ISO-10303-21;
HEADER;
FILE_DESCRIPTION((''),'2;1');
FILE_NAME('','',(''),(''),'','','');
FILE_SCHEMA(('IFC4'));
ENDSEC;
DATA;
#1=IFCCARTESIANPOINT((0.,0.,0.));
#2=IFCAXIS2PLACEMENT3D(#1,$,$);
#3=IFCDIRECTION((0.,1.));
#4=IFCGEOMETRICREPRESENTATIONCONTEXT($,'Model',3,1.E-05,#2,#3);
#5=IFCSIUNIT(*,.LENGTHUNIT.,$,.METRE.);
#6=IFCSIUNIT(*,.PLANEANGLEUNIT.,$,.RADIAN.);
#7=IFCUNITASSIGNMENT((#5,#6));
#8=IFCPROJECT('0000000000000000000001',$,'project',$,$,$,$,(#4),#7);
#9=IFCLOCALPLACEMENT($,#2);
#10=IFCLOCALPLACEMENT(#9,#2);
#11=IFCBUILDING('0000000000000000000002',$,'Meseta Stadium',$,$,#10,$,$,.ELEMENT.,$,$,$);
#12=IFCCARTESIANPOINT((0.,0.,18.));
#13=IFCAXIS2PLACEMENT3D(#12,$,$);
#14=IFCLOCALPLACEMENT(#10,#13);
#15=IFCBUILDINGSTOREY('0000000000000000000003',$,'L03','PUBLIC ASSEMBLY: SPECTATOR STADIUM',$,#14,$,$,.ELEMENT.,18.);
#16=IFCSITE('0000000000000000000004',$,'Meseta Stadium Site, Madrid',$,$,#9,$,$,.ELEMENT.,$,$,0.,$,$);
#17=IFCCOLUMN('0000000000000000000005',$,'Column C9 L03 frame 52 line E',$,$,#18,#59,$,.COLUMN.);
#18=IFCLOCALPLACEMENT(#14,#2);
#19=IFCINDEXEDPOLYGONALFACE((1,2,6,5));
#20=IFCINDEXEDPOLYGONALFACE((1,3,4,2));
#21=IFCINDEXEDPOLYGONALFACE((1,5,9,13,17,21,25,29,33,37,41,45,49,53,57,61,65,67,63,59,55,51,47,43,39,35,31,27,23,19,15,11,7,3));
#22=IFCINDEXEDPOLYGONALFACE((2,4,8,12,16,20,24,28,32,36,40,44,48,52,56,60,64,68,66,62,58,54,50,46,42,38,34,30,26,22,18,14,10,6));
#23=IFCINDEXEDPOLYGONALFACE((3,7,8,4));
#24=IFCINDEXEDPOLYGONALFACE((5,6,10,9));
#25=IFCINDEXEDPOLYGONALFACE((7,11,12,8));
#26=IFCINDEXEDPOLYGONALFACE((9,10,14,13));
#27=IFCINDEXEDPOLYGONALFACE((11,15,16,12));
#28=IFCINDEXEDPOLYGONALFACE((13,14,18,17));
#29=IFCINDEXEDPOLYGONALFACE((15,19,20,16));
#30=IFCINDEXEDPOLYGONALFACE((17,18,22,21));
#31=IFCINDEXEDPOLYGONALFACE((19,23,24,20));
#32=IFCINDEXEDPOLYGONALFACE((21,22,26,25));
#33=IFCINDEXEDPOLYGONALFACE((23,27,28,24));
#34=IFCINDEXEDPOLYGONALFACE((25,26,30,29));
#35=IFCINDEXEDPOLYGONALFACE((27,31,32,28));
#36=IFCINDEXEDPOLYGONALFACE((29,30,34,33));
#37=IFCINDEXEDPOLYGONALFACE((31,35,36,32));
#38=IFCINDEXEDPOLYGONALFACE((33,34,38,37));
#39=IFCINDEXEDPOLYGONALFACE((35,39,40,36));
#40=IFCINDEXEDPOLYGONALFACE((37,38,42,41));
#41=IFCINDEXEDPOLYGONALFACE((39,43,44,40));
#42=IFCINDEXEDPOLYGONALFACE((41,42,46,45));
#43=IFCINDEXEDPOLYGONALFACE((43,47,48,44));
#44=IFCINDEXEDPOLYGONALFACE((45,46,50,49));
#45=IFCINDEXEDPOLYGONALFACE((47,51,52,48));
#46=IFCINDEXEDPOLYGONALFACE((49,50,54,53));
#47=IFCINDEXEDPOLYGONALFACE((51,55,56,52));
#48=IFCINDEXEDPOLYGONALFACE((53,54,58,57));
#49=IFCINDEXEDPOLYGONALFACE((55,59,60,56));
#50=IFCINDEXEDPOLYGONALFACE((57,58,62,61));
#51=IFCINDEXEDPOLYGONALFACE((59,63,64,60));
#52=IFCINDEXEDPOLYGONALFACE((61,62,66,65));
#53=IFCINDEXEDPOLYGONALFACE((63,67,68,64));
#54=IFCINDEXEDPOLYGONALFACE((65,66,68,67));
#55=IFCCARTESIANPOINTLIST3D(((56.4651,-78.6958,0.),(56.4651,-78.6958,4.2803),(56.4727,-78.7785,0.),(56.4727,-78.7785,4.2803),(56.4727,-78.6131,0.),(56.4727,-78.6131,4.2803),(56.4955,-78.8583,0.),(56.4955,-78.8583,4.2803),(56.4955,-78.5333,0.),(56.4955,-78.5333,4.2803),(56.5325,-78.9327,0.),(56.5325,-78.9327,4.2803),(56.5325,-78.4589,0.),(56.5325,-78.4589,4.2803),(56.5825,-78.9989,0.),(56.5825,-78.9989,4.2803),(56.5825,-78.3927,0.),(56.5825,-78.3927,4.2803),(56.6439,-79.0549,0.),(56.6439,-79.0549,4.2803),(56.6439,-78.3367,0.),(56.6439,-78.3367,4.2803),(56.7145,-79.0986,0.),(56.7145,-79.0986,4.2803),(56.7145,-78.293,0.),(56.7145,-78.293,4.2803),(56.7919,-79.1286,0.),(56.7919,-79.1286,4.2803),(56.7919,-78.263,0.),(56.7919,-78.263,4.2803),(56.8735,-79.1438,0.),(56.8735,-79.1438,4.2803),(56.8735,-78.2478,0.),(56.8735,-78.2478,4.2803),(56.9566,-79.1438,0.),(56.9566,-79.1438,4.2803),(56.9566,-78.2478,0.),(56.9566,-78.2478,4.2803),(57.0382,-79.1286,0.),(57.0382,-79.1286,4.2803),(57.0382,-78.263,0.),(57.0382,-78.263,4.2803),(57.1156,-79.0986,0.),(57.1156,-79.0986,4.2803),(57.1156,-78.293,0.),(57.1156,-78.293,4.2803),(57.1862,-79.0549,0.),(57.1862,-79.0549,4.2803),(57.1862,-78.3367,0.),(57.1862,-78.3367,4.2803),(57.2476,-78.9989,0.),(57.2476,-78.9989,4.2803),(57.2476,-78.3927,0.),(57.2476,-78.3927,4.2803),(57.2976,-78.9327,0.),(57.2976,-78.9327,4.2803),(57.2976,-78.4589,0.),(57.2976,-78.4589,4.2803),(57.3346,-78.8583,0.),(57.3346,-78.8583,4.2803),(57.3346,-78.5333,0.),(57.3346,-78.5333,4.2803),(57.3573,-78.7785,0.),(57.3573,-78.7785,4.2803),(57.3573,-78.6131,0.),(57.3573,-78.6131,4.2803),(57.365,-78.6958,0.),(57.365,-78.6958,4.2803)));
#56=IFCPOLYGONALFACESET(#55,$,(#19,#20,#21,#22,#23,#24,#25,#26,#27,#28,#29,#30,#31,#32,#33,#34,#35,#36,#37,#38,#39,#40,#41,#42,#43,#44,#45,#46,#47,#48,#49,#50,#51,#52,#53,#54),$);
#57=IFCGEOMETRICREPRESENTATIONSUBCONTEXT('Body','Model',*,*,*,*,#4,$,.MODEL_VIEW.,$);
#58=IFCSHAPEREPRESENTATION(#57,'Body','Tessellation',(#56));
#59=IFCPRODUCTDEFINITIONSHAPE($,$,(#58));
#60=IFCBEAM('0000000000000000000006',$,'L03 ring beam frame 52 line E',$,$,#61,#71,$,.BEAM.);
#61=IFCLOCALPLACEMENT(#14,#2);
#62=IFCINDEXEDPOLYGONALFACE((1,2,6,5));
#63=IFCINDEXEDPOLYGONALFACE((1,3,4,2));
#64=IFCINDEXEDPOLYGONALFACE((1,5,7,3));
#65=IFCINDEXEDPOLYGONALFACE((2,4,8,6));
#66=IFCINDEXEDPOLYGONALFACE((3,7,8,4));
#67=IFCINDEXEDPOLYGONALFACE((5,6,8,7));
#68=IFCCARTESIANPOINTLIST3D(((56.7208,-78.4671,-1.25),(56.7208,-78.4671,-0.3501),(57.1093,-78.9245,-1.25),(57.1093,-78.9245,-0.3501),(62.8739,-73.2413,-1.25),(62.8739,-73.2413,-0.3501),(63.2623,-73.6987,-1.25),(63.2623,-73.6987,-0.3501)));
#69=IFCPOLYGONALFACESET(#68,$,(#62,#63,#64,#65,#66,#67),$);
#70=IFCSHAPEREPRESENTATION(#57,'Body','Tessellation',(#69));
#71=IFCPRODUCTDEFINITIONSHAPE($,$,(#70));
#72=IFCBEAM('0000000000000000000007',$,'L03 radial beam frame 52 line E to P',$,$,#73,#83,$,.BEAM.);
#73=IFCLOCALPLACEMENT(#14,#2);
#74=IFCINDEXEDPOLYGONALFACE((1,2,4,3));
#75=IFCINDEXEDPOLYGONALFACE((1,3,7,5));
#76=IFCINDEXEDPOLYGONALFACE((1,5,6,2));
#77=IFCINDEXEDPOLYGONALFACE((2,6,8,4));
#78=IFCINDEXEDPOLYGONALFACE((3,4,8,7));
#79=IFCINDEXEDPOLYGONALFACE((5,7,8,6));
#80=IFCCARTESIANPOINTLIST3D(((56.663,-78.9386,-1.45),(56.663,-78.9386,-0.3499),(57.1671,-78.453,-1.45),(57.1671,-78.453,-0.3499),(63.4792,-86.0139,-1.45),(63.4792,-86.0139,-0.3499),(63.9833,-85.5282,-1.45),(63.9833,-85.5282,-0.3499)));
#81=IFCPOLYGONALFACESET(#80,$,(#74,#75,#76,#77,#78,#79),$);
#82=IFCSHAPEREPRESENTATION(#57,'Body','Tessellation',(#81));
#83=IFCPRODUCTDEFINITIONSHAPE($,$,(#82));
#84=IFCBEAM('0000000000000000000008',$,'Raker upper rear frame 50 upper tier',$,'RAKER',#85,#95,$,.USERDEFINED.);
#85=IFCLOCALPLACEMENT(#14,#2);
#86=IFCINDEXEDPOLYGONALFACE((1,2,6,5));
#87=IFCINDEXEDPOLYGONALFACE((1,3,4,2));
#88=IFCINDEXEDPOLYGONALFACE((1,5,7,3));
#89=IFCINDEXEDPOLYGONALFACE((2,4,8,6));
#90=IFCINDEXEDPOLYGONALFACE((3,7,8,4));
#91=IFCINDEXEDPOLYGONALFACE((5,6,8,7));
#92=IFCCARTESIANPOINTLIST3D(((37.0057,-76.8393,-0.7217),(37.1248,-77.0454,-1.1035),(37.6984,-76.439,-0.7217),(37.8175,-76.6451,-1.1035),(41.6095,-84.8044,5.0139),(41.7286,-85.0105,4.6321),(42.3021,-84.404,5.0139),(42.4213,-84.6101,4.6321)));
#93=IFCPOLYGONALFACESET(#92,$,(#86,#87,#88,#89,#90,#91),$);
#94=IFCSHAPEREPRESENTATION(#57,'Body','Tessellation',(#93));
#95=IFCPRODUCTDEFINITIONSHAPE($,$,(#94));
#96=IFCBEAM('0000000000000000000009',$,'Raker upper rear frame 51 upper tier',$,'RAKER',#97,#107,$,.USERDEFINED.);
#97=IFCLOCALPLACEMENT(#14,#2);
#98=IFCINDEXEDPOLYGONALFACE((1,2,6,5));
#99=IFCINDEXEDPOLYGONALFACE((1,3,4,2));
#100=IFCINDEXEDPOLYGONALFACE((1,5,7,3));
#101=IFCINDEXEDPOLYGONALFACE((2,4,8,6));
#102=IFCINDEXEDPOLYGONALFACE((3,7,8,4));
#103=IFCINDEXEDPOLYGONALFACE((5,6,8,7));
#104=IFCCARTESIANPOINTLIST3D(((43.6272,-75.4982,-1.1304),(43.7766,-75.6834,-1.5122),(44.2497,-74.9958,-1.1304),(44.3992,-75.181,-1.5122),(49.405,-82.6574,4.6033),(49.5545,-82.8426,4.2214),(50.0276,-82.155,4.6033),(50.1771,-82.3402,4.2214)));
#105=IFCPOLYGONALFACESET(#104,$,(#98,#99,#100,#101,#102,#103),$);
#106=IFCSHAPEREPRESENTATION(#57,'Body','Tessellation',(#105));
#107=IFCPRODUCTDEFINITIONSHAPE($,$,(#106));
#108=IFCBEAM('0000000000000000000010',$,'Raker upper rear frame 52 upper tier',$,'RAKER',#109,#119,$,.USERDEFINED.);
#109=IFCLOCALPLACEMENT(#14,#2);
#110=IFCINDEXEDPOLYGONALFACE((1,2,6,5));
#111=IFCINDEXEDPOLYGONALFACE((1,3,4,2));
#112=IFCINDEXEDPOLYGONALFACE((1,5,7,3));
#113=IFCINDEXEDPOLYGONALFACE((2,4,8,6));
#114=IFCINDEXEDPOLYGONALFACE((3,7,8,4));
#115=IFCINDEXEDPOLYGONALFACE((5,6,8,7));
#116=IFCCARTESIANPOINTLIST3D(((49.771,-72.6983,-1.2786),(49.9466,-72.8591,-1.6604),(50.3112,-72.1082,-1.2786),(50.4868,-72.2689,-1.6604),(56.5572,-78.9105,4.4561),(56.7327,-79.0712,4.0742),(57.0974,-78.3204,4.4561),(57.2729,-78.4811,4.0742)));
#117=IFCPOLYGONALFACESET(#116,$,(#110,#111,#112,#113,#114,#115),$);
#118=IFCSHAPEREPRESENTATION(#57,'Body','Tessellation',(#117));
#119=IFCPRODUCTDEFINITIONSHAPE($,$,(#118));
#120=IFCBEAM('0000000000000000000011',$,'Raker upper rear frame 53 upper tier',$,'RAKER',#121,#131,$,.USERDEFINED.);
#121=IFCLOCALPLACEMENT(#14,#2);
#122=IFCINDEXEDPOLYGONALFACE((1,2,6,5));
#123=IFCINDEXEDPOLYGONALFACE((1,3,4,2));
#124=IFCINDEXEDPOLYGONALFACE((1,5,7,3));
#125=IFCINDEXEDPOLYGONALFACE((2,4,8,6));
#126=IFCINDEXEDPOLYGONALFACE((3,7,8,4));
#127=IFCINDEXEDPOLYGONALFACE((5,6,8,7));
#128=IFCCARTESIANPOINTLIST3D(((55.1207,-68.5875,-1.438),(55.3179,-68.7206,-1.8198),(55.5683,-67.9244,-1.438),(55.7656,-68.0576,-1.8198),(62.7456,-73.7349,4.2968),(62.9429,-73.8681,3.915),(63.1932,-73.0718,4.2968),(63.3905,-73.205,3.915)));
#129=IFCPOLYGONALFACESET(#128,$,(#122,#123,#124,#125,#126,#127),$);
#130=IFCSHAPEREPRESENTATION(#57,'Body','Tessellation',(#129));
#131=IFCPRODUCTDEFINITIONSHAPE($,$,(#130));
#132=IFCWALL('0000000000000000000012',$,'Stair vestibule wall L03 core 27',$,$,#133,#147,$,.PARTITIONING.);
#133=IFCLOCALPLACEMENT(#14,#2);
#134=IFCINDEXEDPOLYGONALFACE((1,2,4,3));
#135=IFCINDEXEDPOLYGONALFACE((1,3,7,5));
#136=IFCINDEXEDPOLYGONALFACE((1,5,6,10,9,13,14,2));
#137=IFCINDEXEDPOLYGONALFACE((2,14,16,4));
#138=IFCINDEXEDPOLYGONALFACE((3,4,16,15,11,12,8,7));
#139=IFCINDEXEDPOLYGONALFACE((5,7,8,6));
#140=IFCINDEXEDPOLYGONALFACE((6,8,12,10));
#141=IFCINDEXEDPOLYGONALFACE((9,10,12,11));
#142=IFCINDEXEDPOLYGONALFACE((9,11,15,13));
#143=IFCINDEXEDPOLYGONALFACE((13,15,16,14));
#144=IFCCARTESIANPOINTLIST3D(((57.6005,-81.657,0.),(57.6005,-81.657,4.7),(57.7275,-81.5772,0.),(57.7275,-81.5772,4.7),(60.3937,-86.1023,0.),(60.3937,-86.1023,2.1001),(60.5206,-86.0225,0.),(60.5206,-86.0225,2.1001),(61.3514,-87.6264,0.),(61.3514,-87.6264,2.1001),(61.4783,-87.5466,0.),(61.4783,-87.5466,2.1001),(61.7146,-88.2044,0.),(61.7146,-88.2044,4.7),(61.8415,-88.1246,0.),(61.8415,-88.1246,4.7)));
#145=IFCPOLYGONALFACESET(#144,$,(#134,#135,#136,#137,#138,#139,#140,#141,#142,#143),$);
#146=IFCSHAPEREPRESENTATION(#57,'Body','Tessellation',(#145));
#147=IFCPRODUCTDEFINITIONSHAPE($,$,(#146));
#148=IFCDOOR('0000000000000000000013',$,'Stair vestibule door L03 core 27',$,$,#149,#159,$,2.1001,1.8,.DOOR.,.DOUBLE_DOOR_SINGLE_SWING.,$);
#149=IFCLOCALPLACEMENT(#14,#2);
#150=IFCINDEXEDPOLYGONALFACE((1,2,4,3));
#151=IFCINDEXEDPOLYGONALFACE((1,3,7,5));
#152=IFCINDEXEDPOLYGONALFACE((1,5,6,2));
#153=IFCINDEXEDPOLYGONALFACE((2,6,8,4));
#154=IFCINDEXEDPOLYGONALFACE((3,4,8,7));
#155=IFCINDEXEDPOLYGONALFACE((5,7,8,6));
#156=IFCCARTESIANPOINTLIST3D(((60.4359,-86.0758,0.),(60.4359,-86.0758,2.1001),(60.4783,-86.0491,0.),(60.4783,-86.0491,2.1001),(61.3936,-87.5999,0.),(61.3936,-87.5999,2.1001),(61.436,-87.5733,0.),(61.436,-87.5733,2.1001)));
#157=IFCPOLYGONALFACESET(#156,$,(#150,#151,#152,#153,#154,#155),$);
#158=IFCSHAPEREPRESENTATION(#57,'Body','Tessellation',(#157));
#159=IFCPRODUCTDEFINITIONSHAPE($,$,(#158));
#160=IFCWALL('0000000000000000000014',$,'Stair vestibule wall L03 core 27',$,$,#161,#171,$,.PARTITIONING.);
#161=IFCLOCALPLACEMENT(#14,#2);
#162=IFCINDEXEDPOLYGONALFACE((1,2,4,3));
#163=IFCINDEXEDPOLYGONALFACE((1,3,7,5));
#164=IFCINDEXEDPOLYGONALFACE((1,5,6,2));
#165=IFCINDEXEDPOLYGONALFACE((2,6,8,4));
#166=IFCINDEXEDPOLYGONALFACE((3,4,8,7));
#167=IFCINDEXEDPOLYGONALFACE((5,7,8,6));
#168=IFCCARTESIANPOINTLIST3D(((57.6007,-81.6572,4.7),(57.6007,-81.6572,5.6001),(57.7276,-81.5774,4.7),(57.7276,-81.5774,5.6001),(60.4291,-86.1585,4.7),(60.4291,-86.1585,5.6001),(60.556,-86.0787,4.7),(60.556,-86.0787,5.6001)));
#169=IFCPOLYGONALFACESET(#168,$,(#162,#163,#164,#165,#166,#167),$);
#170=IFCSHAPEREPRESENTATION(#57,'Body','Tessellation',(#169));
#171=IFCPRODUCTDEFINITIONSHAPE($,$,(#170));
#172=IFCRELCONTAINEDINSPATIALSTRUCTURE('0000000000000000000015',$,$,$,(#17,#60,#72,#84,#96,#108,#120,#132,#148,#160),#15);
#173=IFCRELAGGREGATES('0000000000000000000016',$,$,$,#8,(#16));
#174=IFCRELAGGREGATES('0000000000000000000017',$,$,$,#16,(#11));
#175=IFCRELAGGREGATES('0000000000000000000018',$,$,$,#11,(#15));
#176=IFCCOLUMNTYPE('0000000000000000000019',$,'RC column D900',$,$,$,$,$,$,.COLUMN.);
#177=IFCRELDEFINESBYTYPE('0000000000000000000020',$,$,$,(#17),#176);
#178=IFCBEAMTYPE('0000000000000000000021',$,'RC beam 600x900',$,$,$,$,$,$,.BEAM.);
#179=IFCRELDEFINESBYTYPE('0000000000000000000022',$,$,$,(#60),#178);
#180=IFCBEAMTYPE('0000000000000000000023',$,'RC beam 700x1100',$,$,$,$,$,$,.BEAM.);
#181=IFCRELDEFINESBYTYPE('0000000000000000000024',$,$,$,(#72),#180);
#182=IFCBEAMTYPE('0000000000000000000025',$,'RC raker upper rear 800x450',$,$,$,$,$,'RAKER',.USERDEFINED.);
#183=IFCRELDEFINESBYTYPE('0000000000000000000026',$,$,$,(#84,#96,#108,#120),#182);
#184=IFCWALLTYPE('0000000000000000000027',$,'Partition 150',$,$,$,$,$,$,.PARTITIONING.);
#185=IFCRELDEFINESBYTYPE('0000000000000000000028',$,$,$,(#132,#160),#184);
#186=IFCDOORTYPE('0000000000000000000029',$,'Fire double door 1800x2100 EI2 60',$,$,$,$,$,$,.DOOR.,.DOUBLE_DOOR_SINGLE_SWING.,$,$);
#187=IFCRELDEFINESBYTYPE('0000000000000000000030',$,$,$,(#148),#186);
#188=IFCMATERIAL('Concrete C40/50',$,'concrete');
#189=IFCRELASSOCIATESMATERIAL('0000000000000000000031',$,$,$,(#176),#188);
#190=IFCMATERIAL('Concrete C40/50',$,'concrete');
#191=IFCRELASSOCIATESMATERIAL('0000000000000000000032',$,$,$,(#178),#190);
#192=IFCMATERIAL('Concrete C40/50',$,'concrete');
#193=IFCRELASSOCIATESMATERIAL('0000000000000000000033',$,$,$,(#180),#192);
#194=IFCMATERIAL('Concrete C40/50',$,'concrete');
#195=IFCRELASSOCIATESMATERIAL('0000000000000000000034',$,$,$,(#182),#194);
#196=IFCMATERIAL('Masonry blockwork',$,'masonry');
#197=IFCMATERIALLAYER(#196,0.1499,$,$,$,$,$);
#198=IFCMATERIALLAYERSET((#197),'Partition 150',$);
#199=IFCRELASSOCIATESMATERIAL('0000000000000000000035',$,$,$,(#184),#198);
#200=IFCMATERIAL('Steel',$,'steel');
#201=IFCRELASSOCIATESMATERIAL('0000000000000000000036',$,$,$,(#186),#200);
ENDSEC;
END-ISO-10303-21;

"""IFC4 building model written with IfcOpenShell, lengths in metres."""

from ifc_helpers import new_model, si_unit, direction, frame, frame_2d, origin, origin_2d, place, context, subcontext, project, spatial, rectangle, circle, extrude, material, layer, layer_set, material_profile, profile_set, type_object, element, fill, save


model = new_model("IFC4")

# Units and contexts
model_context = context("Model", 3, precision=1e-05, world=origin(), true_north=direction((0.0, 1.0)))
body_context = subcontext(model_context, "Body", "Model", "MODEL_VIEW")
ifc_project = project(units=[si_unit("LENGTHUNIT", "METRE"), si_unit("PLANEANGLEUNIT", "RADIAN")], contexts=[model_context])

# Site, building, storey
site_placement = place(None, origin())
site = spatial("IfcSite", under=ifc_project, at=site_placement, Name="Meseta Stadium Site, Madrid", CompositionType="ELEMENT", RefElevation=0.0)
building_placement = place(site_placement, origin())
building = spatial("IfcBuilding", under=site, at=building_placement, Name="Meseta Stadium", CompositionType="ELEMENT")
storey_placement = place(building_placement, frame((0.0, 0.0, 18.0)))
storey = spatial("IfcBuildingStorey", under=building, at=storey_placement, Name="L03", Description="PUBLIC ASSEMBLY: SPECTATOR STADIUM", CompositionType="ELEMENT", Elevation=18.0)

# Column
ifc_material_1 = material(Name="Concrete C40/50", Category="concrete")
ifc_material_profile_1 = material_profile(ifc_material_1, circle(Radius=0.45, at=origin_2d()), Name="RC D900")
ifc_profile_set_1 = profile_set([ifc_material_profile_1], Name="Concrete C40/50")
column_type = type_object("IfcColumnType", Name="RC column D900", PredefinedType="COLUMN", material=ifc_profile_set_1)
column_placement = place(storey_placement, frame((56.915, -78.6958, 0.0), z_axis=(0.0, 0.0, 1.0), x_axis=(1.0, 0.0, 0.0)))
element("IfcColumn", 1, at=column_placement, inside=storey, type_object=column_type, Name="Column C9 L03 frame 52 line E", PredefinedType="COLUMN", context=body_context, shape_type="SweptSolid", body=[
    extrude(circle(Radius=0.45, at=origin_2d()), origin(), (0.0, 0.0, 1.0), 4.2803),
])

# Beams
ifc_material_2 = material(Name="Concrete C40/50", Category="concrete")
ifc_material_profile_2 = material_profile(ifc_material_2, rectangle(XDim=0.6001, YDim=0.8999, at=origin_2d()), Name="RC 600x900")
ifc_profile_set_2 = profile_set([ifc_material_profile_2], Name="Concrete C40/50")
beam_type_1 = type_object("IfcBeamType", Name="RC beam 600x900", PredefinedType="BEAM", material=ifc_profile_set_2)
beam_1_placement = place(storey_placement, frame((56.915, -78.6958, -0.8), z_axis=(0.762201, 0.64734, 0.0), x_axis=(-0.64734, 0.762201, 0.0)))
element("IfcBeam", 2, at=beam_1_placement, inside=storey, type_object=beam_type_1, Name="L03 ring beam frame 52 line E", PredefinedType="BEAM", context=body_context, shape_type="SweptSolid", body=[
    extrude(rectangle(XDim=0.6001, YDim=0.8999, at=origin_2d()), origin(), (0.0, 0.0, 1.0), 8.0728),
])
ifc_material_3 = material(Name="Concrete C40/50", Category="concrete")
ifc_material_profile_3 = material_profile(ifc_material_3, rectangle(XDim=0.7, YDim=1.1001, at=origin_2d()), Name="RC 700x1100")
ifc_profile_set_3 = profile_set([ifc_material_profile_3], Name="Concrete C40/50")
beam_type_2 = type_object("IfcBeamType", Name="RC beam 700x1100", PredefinedType="BEAM", material=ifc_profile_set_3)
beam_2_placement = place(storey_placement, frame((56.915, -78.6958, -0.8999), z_axis=(0.693801, -0.720167, 0.0), x_axis=(0.720167, 0.693801, 0.0)))
element("IfcBeam", 3, at=beam_2_placement, inside=storey, type_object=beam_type_2, Name="L03 radial beam frame 52 line E to P", PredefinedType="BEAM", context=body_context, shape_type="SweptSolid", body=[
    extrude(rectangle(XDim=0.7, YDim=1.1001, at=origin_2d()), origin(), (0.0, 0.0, 1.0), 9.8245),
])
ifc_material_4 = material(Name="Concrete C40/50", Category="concrete")
ifc_material_profile_4 = material_profile(ifc_material_4, rectangle(XDim=0.8, YDim=0.45, at=origin_2d()), Name="RC 800x450")
ifc_profile_set_4 = profile_set([ifc_material_profile_4], Name="Concrete C40/50")
beam_type_3 = type_object("IfcBeamType", Name="RC raker upper rear 800x450", ElementType="RAKER", PredefinedType="USERDEFINED", material=ifc_profile_set_4)
beam_3_placement = place(storey_placement, frame((37.4116, -76.7422, -0.9126), z_axis=(0.424649, -0.734697, 0.529049), x_axis=(0.865785, 0.500417, 0.0)))
element("IfcBeam", 4, at=beam_3_placement, inside=storey, type_object=beam_type_3, Name="Raker upper rear frame 50 upper tier", ObjectType="RAKER", PredefinedType="USERDEFINED", context=body_context, shape_type="SweptSolid", body=[
    extrude(rectangle(XDim=0.8, YDim=0.45, at=origin_2d()), origin(), (0.0, 0.0, 1.0), 10.8413),
])
beam_4_placement = place(storey_placement, frame((44.0132, -75.3396, -1.3213), z_axis=(0.532996, -0.660423, 0.52892), x_axis=(0.778185, 0.628036, 0.0)))
element("IfcBeam", 5, at=beam_4_placement, inside=storey, type_object=beam_type_3, Name="Raker upper rear frame 51 upper tier", ObjectType="RAKER", PredefinedType="USERDEFINED", context=body_context, shape_type="SweptSolid", body=[
    extrude(rectangle(XDim=0.8, YDim=0.45, at=origin_2d()), origin(), (0.0, 0.0, 1.0), 10.8403),
])
beam_5_placement = place(storey_placement, frame((50.1289, -72.4836, -1.4695), z_axis=(0.625966, -0.573022, 0.528973), x_axis=(0.675225, 0.737612, 0.0)))
element("IfcBeam", 6, at=beam_5_placement, inside=storey, type_object=beam_type_3, Name="Raker upper rear frame 52 upper tier", ObjectType="RAKER", PredefinedType="USERDEFINED", context=body_context, shape_type="SweptSolid", body=[
    extrude(rectangle(XDim=0.8, YDim=0.45, at=origin_2d()), origin(), (0.0, 0.0, 1.0), 10.8411),
])
beam_6_placement = place(storey_placement, frame((55.4431, -68.3225, -1.6289), z_axis=(0.703353, -0.474818, 0.529001), x_axis=(0.559517, 0.828819, 0.0)))
element("IfcBeam", 7, at=beam_6_placement, inside=storey, type_object=beam_type_3, Name="Raker upper rear frame 53 upper tier", ObjectType="RAKER", PredefinedType="USERDEFINED", context=body_context, shape_type="SweptSolid", body=[
    extrude(rectangle(XDim=0.8, YDim=0.45, at=origin_2d()), origin(), (0.0, 0.0, 1.0), 10.8408),
])

# Wall, opening, door
ifc_material_5 = material(Name="Masonry blockwork", Category="masonry")
ifc_layer_1 = layer(ifc_material_5, 0.1499)
ifc_layer_set_1 = layer_set([ifc_layer_1], Name="Partition 150")
wall_type = type_object("IfcWallType", Name="Partition 150", PredefinedType="PARTITIONING", material=ifc_layer_set_1)
wall_1_placement = place(storey_placement, frame((57.6641, -81.6172, 0.0), z_axis=(0.0, 0.0, 1.0), x_axis=(0.532035, -0.846722, 0.0)))
wall_1 = element("IfcWall", 8, at=wall_1_placement, inside=storey, type_object=wall_type, Name="Stair vestibule wall L03 core 27", PredefinedType="PARTITIONING", context=body_context, shape_type="SweptSolid", body=[
    extrude(rectangle(XDim=7.7327, YDim=0.1499, at=frame_2d((3.8662, 0.0))), origin(), (0.0, 0.0, 1.0), 4.7),
])
opening_placement = place(wall_1_placement, frame((5.25, 0.0, 0.0)))
opening = element("IfcOpeningElement", 9, at=opening_placement, cuts=wall_1, PredefinedType="OPENING", context=body_context, shape_type="SweptSolid", body=[
    extrude(rectangle(XDim=1.8, YDim=2.1001, at=frame_2d((0.8999, 1.05))), frame((0.0, 0.085, 0.0), z_axis=(0.0, -1.0, 0.0), x_axis=(1.0, 0.0, 0.0)), (0.0, 0.0, 1.0), 0.1699),
])
ifc_material_6 = material(Name="Steel", Category="steel")
door_type = type_object("IfcDoorType", Name="Fire double door 1800x2100 EI2 60", OperationType="DOUBLE_DOOR_SINGLE_SWING", PredefinedType="DOOR", material=ifc_material_6)
door_placement = place(opening_placement, origin())
door = element("IfcDoor", 10, at=door_placement, inside=storey, type_object=door_type, Name="Stair vestibule door L03 core 27", OperationType="DOUBLE_DOOR_SINGLE_SWING", OverallHeight=2.1001, OverallWidth=1.8, PredefinedType="DOOR", context=body_context, shape_type="SweptSolid", body=[
    extrude(rectangle(XDim=1.8, YDim=2.1001, at=frame_2d((0.8999, 1.05))), frame((0.0, 0.0249, 0.0), z_axis=(0.0, -1.0, 0.0), x_axis=(1.0, 0.0, 0.0)), (0.0, 0.0, 1.0), 0.05),
])
fill(opening, door)

# Wall
wall_2_placement = place(storey_placement, frame((57.6641, -81.6172, 4.7), z_axis=(0.0, 0.0, 1.0), x_axis=(0.532041, -0.846719, 0.0)))
element("IfcWall", 11, at=wall_2_placement, inside=storey, type_object=wall_type, Name="Stair vestibule wall L03 core 27", PredefinedType="PARTITIONING", context=body_context, shape_type="SweptSolid", body=[
    extrude(rectangle(XDim=5.3162, YDim=0.1499, at=frame_2d((2.6582, 0.0))), origin(), (0.0, 0.0, 1.0), 0.9001),
])

save(model, "model.ifc")
